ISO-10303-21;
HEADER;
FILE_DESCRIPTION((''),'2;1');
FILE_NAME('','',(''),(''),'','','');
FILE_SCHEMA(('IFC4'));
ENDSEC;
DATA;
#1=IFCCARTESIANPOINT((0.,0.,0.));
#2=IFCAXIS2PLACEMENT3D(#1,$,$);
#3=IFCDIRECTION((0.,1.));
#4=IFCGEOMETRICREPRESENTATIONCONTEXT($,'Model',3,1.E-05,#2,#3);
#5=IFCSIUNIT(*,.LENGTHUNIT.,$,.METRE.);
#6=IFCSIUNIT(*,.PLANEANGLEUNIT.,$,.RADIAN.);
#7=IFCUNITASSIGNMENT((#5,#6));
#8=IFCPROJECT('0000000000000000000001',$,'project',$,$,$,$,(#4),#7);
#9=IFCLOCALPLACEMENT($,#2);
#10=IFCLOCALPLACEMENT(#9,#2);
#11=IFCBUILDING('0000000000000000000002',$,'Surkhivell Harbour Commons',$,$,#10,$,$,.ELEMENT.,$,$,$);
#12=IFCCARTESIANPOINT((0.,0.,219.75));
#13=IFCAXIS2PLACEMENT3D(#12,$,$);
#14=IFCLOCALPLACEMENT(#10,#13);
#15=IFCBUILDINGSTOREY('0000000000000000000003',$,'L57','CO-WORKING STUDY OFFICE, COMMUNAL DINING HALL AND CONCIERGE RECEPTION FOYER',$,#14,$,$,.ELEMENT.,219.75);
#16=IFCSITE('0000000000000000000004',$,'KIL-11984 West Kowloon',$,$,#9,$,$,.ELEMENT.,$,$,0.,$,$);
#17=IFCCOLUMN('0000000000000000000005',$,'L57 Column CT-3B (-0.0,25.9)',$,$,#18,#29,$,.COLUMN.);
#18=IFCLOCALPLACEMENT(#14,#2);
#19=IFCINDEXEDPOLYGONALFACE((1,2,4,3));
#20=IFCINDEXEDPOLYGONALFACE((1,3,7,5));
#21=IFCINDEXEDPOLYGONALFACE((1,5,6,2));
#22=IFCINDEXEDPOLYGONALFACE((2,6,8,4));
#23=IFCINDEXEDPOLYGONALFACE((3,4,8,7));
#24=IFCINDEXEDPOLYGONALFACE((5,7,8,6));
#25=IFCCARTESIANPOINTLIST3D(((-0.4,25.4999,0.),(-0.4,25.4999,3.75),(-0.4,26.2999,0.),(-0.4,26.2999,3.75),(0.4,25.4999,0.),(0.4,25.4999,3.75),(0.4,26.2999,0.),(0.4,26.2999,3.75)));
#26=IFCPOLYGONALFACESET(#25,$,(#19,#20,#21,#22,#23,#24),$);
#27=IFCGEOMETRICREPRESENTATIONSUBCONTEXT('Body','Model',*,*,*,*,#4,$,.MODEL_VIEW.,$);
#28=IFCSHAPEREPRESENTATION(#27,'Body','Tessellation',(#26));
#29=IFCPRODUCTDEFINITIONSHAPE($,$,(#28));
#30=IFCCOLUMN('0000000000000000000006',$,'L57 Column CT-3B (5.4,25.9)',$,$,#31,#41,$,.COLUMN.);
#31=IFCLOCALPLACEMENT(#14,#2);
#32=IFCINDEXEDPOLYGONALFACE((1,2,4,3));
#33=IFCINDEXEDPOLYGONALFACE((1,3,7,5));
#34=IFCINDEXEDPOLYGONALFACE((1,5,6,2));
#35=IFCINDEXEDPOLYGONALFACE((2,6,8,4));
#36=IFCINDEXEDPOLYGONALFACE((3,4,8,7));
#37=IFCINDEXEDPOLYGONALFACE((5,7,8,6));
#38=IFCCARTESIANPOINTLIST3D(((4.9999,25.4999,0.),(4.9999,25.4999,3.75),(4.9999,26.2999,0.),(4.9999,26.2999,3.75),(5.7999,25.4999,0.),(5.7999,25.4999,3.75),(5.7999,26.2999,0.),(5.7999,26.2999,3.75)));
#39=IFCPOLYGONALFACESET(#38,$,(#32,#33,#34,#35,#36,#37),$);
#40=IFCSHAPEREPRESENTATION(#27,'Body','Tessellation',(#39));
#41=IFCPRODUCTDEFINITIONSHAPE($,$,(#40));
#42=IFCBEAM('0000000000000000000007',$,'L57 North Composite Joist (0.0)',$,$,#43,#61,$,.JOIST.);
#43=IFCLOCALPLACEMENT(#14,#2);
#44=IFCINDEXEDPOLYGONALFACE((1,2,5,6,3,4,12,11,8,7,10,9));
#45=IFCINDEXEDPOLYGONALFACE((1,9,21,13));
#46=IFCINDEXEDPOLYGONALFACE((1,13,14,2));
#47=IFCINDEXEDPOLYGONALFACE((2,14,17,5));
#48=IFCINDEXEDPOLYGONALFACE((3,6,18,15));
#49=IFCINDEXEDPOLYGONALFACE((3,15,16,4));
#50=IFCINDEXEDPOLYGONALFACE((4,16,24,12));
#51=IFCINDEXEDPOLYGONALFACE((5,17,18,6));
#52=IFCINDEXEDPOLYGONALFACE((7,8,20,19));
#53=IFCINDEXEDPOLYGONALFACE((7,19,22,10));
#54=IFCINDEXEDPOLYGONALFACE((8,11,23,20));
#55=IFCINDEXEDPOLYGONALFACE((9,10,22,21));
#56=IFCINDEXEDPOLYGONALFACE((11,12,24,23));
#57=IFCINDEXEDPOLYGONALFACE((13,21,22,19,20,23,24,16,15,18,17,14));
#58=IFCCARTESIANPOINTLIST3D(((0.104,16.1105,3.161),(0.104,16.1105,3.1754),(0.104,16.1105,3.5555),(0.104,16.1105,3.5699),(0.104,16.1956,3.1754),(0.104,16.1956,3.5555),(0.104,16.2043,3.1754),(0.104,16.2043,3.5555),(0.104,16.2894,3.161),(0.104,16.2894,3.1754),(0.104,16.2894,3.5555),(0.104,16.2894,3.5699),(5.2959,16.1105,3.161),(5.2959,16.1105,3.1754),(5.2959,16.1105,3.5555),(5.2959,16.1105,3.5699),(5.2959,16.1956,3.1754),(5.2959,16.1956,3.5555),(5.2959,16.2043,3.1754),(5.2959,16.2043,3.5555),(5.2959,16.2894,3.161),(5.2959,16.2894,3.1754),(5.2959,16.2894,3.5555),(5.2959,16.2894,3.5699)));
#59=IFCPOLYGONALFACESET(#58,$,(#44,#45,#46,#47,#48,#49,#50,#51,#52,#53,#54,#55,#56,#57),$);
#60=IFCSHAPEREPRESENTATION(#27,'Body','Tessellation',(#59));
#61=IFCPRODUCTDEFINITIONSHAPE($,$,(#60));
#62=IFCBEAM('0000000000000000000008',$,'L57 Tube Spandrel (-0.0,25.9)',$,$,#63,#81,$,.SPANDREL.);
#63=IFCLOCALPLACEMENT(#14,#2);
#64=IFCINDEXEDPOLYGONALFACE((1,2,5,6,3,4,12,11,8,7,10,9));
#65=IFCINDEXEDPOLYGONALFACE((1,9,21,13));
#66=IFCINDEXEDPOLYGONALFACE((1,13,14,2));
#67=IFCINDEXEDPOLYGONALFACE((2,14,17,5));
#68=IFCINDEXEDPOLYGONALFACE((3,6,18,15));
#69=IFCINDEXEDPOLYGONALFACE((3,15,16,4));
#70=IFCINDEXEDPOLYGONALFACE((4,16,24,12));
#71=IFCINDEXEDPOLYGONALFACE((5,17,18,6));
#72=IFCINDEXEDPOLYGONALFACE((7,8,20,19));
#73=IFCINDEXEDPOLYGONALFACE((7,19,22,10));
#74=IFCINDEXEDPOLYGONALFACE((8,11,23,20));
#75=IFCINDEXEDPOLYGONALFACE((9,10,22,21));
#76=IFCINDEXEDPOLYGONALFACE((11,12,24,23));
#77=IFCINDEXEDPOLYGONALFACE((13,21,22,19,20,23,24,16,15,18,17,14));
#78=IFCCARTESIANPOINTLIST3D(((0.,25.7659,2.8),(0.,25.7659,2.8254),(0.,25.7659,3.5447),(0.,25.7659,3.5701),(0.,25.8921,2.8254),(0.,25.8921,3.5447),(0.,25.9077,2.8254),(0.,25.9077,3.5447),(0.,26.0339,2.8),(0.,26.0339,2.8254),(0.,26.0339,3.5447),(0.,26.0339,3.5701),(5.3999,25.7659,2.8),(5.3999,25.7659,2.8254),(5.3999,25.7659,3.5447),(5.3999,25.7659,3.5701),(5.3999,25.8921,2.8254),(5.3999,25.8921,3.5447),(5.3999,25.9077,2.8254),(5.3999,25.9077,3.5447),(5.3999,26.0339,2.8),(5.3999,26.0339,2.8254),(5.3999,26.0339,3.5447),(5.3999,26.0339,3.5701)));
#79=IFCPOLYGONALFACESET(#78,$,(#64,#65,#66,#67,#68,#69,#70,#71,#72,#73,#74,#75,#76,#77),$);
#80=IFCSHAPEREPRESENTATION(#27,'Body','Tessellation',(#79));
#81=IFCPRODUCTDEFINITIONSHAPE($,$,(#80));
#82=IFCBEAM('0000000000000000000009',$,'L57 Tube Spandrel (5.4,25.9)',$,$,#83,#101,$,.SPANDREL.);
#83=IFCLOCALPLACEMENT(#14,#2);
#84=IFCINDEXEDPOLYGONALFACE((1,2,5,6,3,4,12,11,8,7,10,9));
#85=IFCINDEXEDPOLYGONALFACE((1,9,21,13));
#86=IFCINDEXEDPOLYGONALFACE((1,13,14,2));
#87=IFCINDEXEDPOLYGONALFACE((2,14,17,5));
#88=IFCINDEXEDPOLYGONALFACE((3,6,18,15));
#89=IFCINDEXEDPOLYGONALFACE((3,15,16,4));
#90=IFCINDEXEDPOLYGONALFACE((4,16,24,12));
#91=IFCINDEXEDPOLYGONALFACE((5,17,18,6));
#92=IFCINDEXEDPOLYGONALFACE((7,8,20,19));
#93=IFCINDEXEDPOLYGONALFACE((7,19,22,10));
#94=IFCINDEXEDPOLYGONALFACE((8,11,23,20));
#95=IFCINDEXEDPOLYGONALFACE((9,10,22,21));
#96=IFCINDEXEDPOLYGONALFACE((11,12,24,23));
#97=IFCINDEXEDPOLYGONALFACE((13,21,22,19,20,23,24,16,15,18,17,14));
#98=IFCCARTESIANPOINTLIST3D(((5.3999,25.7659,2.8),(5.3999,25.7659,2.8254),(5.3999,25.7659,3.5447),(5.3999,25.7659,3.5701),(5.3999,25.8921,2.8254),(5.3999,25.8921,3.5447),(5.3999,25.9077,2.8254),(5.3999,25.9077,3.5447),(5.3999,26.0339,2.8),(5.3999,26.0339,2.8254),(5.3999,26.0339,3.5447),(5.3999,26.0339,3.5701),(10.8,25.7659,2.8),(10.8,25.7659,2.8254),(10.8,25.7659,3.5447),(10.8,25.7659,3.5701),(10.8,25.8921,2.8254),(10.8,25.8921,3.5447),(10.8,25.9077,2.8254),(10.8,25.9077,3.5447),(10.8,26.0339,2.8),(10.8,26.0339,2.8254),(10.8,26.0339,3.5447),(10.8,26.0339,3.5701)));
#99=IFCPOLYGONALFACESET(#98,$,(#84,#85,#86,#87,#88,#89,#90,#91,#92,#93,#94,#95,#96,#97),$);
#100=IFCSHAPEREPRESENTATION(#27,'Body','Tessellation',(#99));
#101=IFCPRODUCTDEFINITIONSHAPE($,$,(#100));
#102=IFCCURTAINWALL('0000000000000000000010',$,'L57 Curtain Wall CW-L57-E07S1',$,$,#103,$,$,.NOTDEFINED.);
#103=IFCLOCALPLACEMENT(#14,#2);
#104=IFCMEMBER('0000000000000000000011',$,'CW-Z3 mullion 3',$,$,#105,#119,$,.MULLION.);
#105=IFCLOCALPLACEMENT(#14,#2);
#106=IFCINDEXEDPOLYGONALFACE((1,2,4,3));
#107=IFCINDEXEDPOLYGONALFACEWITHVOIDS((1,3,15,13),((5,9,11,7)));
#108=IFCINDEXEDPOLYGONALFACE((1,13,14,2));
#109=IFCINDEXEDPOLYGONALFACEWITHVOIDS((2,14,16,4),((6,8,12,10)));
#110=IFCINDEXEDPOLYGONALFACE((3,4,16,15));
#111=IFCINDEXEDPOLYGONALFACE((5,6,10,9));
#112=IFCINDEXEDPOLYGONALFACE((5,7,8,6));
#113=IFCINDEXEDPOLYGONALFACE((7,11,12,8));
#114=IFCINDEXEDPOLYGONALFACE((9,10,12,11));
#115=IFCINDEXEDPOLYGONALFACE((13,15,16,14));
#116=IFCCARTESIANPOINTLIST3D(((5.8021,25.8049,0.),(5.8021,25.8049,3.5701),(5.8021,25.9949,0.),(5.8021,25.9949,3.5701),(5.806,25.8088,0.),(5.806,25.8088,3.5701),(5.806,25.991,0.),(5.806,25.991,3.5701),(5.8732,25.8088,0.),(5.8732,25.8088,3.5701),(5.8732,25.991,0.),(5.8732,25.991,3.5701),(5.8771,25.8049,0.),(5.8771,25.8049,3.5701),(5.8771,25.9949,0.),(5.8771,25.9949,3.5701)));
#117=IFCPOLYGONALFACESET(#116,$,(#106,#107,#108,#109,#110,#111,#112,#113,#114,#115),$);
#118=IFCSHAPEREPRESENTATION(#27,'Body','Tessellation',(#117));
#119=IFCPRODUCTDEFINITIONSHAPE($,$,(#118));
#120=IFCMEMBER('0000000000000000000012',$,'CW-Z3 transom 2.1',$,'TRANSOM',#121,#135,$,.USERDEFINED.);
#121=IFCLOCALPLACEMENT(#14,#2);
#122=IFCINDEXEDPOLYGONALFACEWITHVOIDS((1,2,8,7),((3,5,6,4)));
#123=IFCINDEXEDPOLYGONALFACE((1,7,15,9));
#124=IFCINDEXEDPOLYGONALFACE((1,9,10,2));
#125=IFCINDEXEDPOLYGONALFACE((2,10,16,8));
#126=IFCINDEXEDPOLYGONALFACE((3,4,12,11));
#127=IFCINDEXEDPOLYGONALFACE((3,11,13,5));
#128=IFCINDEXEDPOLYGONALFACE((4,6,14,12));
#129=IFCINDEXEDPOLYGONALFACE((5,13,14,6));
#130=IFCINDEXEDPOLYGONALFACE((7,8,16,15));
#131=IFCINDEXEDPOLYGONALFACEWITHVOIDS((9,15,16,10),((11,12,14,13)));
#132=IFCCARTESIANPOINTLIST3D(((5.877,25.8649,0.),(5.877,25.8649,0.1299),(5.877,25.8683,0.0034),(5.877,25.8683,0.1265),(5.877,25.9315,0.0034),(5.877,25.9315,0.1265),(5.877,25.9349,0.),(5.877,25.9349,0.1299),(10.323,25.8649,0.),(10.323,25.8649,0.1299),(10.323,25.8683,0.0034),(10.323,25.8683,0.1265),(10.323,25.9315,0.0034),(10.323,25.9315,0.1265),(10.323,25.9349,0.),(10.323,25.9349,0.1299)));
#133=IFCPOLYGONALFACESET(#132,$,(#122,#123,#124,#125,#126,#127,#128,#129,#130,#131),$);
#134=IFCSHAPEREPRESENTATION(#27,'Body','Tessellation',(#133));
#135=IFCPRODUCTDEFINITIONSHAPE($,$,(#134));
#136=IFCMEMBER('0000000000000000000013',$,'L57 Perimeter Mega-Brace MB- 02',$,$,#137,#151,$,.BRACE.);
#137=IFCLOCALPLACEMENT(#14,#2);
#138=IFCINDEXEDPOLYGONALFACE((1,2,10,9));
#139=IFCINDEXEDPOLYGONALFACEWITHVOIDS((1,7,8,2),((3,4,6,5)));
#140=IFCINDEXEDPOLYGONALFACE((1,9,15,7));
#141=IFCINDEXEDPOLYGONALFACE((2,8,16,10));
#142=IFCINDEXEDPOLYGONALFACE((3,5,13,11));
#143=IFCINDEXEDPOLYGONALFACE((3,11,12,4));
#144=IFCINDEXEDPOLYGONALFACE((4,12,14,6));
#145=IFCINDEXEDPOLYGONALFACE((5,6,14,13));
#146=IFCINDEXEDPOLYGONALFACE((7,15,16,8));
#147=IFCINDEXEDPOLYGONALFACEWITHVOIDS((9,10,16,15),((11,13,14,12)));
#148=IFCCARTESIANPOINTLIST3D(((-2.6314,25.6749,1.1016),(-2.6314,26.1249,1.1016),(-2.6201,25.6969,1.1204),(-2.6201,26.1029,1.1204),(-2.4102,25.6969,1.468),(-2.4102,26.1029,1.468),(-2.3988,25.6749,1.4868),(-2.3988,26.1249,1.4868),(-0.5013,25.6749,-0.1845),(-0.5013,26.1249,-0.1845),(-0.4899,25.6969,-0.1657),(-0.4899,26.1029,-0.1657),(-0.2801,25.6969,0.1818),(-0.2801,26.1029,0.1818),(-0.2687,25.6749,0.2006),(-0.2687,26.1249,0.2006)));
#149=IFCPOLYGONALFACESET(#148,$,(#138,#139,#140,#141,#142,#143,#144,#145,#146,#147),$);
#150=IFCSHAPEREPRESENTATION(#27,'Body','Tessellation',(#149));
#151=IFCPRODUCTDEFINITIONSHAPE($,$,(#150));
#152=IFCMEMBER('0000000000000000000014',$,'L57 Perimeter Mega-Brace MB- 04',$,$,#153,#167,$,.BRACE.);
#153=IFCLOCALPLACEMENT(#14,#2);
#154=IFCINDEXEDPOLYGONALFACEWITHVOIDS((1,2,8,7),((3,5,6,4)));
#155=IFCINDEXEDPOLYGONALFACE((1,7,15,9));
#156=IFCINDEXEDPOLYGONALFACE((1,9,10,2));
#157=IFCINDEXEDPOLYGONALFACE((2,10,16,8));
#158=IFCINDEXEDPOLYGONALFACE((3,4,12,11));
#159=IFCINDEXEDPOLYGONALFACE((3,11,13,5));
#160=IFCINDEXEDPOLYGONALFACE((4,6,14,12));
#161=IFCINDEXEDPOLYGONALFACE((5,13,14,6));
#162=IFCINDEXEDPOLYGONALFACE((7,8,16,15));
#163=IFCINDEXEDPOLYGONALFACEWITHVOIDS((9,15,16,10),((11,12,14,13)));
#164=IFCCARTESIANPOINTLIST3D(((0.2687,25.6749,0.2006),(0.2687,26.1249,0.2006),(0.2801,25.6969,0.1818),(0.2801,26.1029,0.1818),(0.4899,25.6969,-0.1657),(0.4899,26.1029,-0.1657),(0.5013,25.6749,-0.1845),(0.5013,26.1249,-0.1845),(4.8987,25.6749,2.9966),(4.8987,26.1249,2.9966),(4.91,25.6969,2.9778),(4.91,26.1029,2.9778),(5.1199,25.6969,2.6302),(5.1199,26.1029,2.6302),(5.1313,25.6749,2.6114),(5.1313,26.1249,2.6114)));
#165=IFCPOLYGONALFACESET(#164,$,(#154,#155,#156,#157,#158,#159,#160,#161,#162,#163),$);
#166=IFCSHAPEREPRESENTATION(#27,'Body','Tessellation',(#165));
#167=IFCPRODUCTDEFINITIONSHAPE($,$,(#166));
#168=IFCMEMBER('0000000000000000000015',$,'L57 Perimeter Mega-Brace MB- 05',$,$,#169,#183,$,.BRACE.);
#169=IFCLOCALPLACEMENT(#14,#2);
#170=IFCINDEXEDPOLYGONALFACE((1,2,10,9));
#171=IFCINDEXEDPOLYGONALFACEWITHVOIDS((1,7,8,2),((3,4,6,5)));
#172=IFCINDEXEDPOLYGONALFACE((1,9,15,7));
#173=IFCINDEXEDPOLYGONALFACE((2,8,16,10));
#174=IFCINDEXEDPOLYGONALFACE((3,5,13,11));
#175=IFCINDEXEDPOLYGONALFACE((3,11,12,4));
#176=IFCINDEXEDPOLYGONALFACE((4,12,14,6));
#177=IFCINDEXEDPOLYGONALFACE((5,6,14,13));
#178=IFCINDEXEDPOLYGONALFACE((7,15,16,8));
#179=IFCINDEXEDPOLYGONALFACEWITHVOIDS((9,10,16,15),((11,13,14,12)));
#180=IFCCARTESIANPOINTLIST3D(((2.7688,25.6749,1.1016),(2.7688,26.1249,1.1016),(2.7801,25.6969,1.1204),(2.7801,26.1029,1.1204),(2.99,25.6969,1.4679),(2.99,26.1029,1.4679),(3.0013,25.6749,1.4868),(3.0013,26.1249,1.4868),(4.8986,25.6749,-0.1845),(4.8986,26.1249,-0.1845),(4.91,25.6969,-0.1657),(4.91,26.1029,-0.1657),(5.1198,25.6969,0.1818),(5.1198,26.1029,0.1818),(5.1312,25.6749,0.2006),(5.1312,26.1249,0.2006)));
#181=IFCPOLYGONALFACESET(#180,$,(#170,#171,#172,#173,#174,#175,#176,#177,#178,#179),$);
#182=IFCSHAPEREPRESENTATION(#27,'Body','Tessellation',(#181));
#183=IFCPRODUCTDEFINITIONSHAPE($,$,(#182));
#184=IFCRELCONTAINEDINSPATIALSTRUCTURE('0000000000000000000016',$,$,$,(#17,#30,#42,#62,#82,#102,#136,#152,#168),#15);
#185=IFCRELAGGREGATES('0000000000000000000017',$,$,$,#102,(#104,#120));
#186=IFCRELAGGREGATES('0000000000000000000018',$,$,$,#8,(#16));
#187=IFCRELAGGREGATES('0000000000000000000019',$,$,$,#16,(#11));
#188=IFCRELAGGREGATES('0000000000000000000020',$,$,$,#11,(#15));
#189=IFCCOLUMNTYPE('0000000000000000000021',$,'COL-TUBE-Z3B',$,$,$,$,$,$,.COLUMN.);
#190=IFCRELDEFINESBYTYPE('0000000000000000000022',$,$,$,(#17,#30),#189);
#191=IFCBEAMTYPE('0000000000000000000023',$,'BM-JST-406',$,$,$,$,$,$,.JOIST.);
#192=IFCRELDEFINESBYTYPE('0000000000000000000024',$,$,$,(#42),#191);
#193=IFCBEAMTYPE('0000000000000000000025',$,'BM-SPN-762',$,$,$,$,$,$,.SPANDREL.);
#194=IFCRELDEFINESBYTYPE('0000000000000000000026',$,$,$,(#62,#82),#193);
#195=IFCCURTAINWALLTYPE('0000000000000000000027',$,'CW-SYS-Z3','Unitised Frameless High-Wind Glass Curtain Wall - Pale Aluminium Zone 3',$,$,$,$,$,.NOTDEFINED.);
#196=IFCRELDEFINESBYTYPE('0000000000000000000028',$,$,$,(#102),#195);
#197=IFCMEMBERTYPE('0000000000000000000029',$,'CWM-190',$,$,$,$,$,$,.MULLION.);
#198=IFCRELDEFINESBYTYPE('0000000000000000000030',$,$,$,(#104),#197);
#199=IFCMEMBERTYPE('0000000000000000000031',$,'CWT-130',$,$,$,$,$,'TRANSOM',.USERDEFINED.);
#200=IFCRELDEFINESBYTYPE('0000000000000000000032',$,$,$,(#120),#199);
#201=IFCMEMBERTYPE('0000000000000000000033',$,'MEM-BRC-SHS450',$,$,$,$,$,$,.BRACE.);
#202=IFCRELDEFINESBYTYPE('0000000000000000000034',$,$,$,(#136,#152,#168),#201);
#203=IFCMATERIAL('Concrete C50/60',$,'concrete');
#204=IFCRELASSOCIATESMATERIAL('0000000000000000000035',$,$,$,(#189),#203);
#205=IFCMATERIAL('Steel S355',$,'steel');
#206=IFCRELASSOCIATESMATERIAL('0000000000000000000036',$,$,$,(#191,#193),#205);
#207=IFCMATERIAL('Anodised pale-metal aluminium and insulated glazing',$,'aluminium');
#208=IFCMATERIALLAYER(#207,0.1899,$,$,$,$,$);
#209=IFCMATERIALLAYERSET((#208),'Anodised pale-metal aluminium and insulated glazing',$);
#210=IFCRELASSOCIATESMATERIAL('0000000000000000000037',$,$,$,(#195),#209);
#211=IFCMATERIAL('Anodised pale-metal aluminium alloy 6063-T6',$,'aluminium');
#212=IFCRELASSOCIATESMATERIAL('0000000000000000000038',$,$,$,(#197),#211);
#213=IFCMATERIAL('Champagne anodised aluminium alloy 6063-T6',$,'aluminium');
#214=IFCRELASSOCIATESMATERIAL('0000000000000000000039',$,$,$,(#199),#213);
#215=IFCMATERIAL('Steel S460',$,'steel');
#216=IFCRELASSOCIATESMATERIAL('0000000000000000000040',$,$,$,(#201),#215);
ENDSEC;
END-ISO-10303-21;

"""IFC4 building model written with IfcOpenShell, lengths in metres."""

from ifc_helpers import new_model, si_unit, direction, frame, origin, origin_2d, place, context, subcontext, project, spatial, rectangle, hollow_rectangle, i_section, extrude, material, layer, layer_set, material_profile, profile_set, type_object, element, aggregate, save


model = new_model("IFC4")

# Units and contexts
model_context = context("Model", 3, precision=1e-05, world=origin(), true_north=direction((0.0, 1.0)))
body_context = subcontext(model_context, "Body", "Model", "MODEL_VIEW")
ifc_project = project(units=[si_unit("LENGTHUNIT", "METRE"), si_unit("PLANEANGLEUNIT", "RADIAN")], contexts=[model_context])

# Site, building, storey
site_placement = place(None, origin())
site = spatial("IfcSite", under=ifc_project, at=site_placement, Name="KIL-11984 West Kowloon", CompositionType="ELEMENT", RefElevation=0.0)
building_placement = place(site_placement, origin())
building = spatial("IfcBuilding", under=site, at=building_placement, Name="Surkhivell Harbour Commons", CompositionType="ELEMENT")
storey_placement = place(building_placement, frame((0.0, 0.0, 219.75)))
storey = spatial("IfcBuildingStorey", under=building, at=storey_placement, Name="L57", Description="CO-WORKING STUDY OFFICE, COMMUNAL DINING HALL AND CONCIERGE RECEPTION FOYER", CompositionType="ELEMENT", Elevation=219.75)

# Columns
ifc_material_1 = material(Name="Concrete C50/60", Category="concrete")
ifc_material_profile_1 = material_profile(ifc_material_1, rectangle(XDim=0.8, YDim=0.8, at=origin_2d()), Name="RC-COL-800x800")
ifc_profile_set_1 = profile_set([ifc_material_profile_1], Name="Concrete C50/60")
column_type = type_object("IfcColumnType", Name="COL-TUBE-Z3B", PredefinedType="COLUMN", material=ifc_profile_set_1)
for number, where, z_axis, x_axis, name in (
    (1, (0.0, 25.8999, 0.0), (0.0, 0.0, 1.0), (1.0, 0.0, 0.0), "L57 Column CT-3B (-0.0,25.9)"),
    (2, (5.3999, 25.8999, 0.0), (0.0, 0.0, 1.0), (1.0, 0.0, 0.0), "L57 Column CT-3B (5.4,25.9)"),
):
    element("IfcColumn", number, at=place(storey_placement, frame(where, z_axis=z_axis, x_axis=x_axis)), inside=storey, type_object=column_type, Name=name, PredefinedType="COLUMN", context=body_context, shape_type="SweptSolid", body=[
        extrude(rectangle(XDim=0.8, YDim=0.8, at=origin_2d()), origin(), (0.0, 0.0, 1.0), 3.75),
    ])

# Beams
ifc_material_2 = material(Name="Steel S355", Category="steel")
ifc_material_profile_2 = material_profile(ifc_material_2, i_section(OverallWidth=0.179, OverallDepth=0.4089, WebThickness=0.0088, FlangeThickness=0.0144, at=origin_2d()), Name="UB406x178x67")
ifc_profile_set_2 = profile_set([ifc_material_profile_2], Name="Steel S355")
beam_type_1 = type_object("IfcBeamType", Name="BM-JST-406", PredefinedType="JOIST", material=ifc_profile_set_2)
beam_1_placement = place(storey_placement, frame((0.104, 16.2, 3.3655), z_axis=(1.0, 0.0, 0.0), x_axis=(0.0, 1.0, 0.0)))
element("IfcBeam", 3, at=beam_1_placement, inside=storey, type_object=beam_type_1, Name="L57 North Composite Joist (0.0)", PredefinedType="JOIST", context=body_context, shape_type="SweptSolid", body=[
    extrude(i_section(OverallWidth=0.179, OverallDepth=0.4089, WebThickness=0.0088, FlangeThickness=0.0144, at=origin_2d()), origin(), (0.0, 0.0, 1.0), 5.1919),
])
ifc_material_profile_3 = material_profile(ifc_material_2, i_section(OverallWidth=0.2681, OverallDepth=0.77, WebThickness=0.0156, FlangeThickness=0.0254, at=origin_2d()), Name="UB762x267x197")
ifc_profile_set_3 = profile_set([ifc_material_profile_3], Name="Steel S355")
beam_type_2 = type_object("IfcBeamType", Name="BM-SPN-762", PredefinedType="SPANDREL", material=ifc_profile_set_3)
beam_2_placement = place(storey_placement, frame((0.0, 25.8999, 3.1851), z_axis=(1.0, 0.0, 0.0), x_axis=(0.0, 1.0, 0.0)))
element("IfcBeam", 4, at=beam_2_placement, inside=storey, type_object=beam_type_2, Name="L57 Tube Spandrel (-0.0,25.9)", PredefinedType="SPANDREL", context=body_context, shape_type="SweptSolid", body=[
    extrude(i_section(OverallWidth=0.2681, OverallDepth=0.77, WebThickness=0.0156, FlangeThickness=0.0254, at=origin_2d()), origin(), (0.0, 0.0, 1.0), 5.3999),
])
beam_3_placement = place(storey_placement, frame((5.3999, 25.8999, 3.1851), z_axis=(1.0, 0.0, 0.0), x_axis=(0.0, 1.0, 0.0)))
element("IfcBeam", 5, at=beam_3_placement, inside=storey, type_object=beam_type_2, Name="L57 Tube Spandrel (5.4,25.9)", PredefinedType="SPANDREL", context=body_context, shape_type="SweptSolid", body=[
    extrude(i_section(OverallWidth=0.2681, OverallDepth=0.77, WebThickness=0.0156, FlangeThickness=0.0254, at=origin_2d()), origin(), (0.0, 0.0, 1.0), 5.4001),
])

# Curtain wall, members
ifc_material_3 = material(Name="Anodised pale-metal aluminium and insulated glazing", Category="aluminium")
ifc_layer_1 = layer(ifc_material_3, 0.1899)
ifc_layer_set_1 = layer_set([ifc_layer_1], Name="Anodised pale-metal aluminium and insulated glazing")
curtain_wall_type = type_object("IfcCurtainWallType", Name="CW-SYS-Z3", Description="Unitised Frameless High-Wind Glass Curtain Wall - Pale Aluminium Zone 3", PredefinedType="NOTDEFINED", material=ifc_layer_set_1)
curtain_wall_placement = place(storey_placement, origin())
curtain_wall = element("IfcCurtainWall", 6, at=curtain_wall_placement, inside=storey, type_object=curtain_wall_type, Name="L57 Curtain Wall CW-L57-E07S1", PredefinedType="NOTDEFINED")
ifc_material_4 = material(Name="Anodised pale-metal aluminium alloy 6063-T6", Category="aluminium")
ifc_material_profile_4 = material_profile(ifc_material_4, hollow_rectangle(XDim=0.075, YDim=0.1899, WallThickness=0.0039, at=origin_2d()), Name="ALU-MULL-75x190")
ifc_profile_set_4 = profile_set([ifc_material_profile_4], Name="Anodised pale-metal aluminium alloy 6063-T6")
member_type_1 = type_object("IfcMemberType", Name="CWM-190", PredefinedType="MULLION", material=ifc_profile_set_4)
member_1_placement = place(storey_placement, frame((5.8396, 25.8999, 0.0), z_axis=(0.0, 0.0, 1.0), x_axis=(-1.0, 0.0, 0.0)))
member_1 = element("IfcMember", 7, at=member_1_placement, type_object=member_type_1, Name="CW-Z3 mullion 3", PredefinedType="MULLION", context=body_context, shape_type="SweptSolid", body=[
    extrude(hollow_rectangle(XDim=0.075, YDim=0.1899, WallThickness=0.0039, at=origin_2d()), origin(), (0.0, 0.0, 1.0), 3.5701),
])
ifc_material_5 = material(Name="Champagne anodised aluminium alloy 6063-T6", Category="aluminium")
ifc_material_profile_5 = material_profile(ifc_material_5, hollow_rectangle(XDim=0.0701, YDim=0.1299, WallThickness=0.0034, at=origin_2d()), Name="ALU-TRAN-70x130")
ifc_profile_set_5 = profile_set([ifc_material_profile_5], Name="Champagne anodised aluminium alloy 6063-T6")
member_type_2 = type_object("IfcMemberType", Name="CWT-130", ElementType="TRANSOM", PredefinedType="USERDEFINED", material=ifc_profile_set_5)
member_2_placement = place(storey_placement, frame((10.323, 25.8999, 0.0649), z_axis=(-1.0, 0.0, 0.0), x_axis=(0.0, -1.0, 0.0)))
member_2 = element("IfcMember", 8, at=member_2_placement, type_object=member_type_2, Name="CW-Z3 transom 2.1", ObjectType="TRANSOM", PredefinedType="USERDEFINED", context=body_context, shape_type="SweptSolid", body=[
    extrude(hollow_rectangle(XDim=0.0701, YDim=0.1299, WallThickness=0.0034, at=origin_2d()), origin(), (0.0, 0.0, 1.0), 4.446),
])

# Members
ifc_material_6 = material(Name="Steel S460", Category="steel")
ifc_material_profile_6 = material_profile(ifc_material_6, hollow_rectangle(XDim=0.45, YDim=0.45, WallThickness=0.022, at=origin_2d()), Name="SHS450x450x22")
ifc_profile_set_6 = profile_set([ifc_material_profile_6], Name="Steel S460")
member_type_3 = type_object("IfcMemberType", Name="MEM-BRC-SHS450", PredefinedType="BRACE", material=ifc_profile_set_6)
member_3_placement = place(storey_placement, frame((-0.385, 25.8999, 0.0081), z_axis=(-0.856061, 0.0, 0.516875), x_axis=(0.0, -1.0, 0.0)))
element("IfcMember", 9, at=member_3_placement, inside=storey, type_object=member_type_3, Name="L57 Perimeter Mega-Brace MB- 02", PredefinedType="BRACE", context=body_context, shape_type="SweptSolid", body=[
    extrude(hollow_rectangle(XDim=0.45, YDim=0.45, WallThickness=0.022, at=origin_2d()), origin(), (0.0, 0.0, 1.0), 2.4883),
])
member_4_placement = place(storey_placement, frame((0.385, 25.8999, 0.0081), z_axis=(0.856024, 0.0, 0.516937), x_axis=(0.0, 1.0, 0.0)))
element("IfcMember", 10, at=member_4_placement, inside=storey, type_object=member_type_3, Name="L57 Perimeter Mega-Brace MB- 04", PredefinedType="BRACE", context=body_context, shape_type="SweptSolid", body=[
    extrude(hollow_rectangle(XDim=0.45, YDim=0.45, WallThickness=0.022, at=origin_2d()), origin(), (0.0, 0.0, 1.0), 5.4087),
])
member_5_placement = place(storey_placement, frame((5.0149, 25.8999, 0.0081), z_axis=(-0.856035, 0.0, 0.516918), x_axis=(0.0, -1.0, 0.0)))
element("IfcMember", 11, at=member_5_placement, inside=storey, type_object=member_type_3, Name="L57 Perimeter Mega-Brace MB- 05", PredefinedType="BRACE", context=body_context, shape_type="SweptSolid", body=[
    extrude(hollow_rectangle(XDim=0.45, YDim=0.45, WallThickness=0.022, at=origin_2d()), origin(), (0.0, 0.0, 1.0), 2.488),
])

aggregate(curtain_wall, [member_1, member_2])

save(model, "model.ifc")
